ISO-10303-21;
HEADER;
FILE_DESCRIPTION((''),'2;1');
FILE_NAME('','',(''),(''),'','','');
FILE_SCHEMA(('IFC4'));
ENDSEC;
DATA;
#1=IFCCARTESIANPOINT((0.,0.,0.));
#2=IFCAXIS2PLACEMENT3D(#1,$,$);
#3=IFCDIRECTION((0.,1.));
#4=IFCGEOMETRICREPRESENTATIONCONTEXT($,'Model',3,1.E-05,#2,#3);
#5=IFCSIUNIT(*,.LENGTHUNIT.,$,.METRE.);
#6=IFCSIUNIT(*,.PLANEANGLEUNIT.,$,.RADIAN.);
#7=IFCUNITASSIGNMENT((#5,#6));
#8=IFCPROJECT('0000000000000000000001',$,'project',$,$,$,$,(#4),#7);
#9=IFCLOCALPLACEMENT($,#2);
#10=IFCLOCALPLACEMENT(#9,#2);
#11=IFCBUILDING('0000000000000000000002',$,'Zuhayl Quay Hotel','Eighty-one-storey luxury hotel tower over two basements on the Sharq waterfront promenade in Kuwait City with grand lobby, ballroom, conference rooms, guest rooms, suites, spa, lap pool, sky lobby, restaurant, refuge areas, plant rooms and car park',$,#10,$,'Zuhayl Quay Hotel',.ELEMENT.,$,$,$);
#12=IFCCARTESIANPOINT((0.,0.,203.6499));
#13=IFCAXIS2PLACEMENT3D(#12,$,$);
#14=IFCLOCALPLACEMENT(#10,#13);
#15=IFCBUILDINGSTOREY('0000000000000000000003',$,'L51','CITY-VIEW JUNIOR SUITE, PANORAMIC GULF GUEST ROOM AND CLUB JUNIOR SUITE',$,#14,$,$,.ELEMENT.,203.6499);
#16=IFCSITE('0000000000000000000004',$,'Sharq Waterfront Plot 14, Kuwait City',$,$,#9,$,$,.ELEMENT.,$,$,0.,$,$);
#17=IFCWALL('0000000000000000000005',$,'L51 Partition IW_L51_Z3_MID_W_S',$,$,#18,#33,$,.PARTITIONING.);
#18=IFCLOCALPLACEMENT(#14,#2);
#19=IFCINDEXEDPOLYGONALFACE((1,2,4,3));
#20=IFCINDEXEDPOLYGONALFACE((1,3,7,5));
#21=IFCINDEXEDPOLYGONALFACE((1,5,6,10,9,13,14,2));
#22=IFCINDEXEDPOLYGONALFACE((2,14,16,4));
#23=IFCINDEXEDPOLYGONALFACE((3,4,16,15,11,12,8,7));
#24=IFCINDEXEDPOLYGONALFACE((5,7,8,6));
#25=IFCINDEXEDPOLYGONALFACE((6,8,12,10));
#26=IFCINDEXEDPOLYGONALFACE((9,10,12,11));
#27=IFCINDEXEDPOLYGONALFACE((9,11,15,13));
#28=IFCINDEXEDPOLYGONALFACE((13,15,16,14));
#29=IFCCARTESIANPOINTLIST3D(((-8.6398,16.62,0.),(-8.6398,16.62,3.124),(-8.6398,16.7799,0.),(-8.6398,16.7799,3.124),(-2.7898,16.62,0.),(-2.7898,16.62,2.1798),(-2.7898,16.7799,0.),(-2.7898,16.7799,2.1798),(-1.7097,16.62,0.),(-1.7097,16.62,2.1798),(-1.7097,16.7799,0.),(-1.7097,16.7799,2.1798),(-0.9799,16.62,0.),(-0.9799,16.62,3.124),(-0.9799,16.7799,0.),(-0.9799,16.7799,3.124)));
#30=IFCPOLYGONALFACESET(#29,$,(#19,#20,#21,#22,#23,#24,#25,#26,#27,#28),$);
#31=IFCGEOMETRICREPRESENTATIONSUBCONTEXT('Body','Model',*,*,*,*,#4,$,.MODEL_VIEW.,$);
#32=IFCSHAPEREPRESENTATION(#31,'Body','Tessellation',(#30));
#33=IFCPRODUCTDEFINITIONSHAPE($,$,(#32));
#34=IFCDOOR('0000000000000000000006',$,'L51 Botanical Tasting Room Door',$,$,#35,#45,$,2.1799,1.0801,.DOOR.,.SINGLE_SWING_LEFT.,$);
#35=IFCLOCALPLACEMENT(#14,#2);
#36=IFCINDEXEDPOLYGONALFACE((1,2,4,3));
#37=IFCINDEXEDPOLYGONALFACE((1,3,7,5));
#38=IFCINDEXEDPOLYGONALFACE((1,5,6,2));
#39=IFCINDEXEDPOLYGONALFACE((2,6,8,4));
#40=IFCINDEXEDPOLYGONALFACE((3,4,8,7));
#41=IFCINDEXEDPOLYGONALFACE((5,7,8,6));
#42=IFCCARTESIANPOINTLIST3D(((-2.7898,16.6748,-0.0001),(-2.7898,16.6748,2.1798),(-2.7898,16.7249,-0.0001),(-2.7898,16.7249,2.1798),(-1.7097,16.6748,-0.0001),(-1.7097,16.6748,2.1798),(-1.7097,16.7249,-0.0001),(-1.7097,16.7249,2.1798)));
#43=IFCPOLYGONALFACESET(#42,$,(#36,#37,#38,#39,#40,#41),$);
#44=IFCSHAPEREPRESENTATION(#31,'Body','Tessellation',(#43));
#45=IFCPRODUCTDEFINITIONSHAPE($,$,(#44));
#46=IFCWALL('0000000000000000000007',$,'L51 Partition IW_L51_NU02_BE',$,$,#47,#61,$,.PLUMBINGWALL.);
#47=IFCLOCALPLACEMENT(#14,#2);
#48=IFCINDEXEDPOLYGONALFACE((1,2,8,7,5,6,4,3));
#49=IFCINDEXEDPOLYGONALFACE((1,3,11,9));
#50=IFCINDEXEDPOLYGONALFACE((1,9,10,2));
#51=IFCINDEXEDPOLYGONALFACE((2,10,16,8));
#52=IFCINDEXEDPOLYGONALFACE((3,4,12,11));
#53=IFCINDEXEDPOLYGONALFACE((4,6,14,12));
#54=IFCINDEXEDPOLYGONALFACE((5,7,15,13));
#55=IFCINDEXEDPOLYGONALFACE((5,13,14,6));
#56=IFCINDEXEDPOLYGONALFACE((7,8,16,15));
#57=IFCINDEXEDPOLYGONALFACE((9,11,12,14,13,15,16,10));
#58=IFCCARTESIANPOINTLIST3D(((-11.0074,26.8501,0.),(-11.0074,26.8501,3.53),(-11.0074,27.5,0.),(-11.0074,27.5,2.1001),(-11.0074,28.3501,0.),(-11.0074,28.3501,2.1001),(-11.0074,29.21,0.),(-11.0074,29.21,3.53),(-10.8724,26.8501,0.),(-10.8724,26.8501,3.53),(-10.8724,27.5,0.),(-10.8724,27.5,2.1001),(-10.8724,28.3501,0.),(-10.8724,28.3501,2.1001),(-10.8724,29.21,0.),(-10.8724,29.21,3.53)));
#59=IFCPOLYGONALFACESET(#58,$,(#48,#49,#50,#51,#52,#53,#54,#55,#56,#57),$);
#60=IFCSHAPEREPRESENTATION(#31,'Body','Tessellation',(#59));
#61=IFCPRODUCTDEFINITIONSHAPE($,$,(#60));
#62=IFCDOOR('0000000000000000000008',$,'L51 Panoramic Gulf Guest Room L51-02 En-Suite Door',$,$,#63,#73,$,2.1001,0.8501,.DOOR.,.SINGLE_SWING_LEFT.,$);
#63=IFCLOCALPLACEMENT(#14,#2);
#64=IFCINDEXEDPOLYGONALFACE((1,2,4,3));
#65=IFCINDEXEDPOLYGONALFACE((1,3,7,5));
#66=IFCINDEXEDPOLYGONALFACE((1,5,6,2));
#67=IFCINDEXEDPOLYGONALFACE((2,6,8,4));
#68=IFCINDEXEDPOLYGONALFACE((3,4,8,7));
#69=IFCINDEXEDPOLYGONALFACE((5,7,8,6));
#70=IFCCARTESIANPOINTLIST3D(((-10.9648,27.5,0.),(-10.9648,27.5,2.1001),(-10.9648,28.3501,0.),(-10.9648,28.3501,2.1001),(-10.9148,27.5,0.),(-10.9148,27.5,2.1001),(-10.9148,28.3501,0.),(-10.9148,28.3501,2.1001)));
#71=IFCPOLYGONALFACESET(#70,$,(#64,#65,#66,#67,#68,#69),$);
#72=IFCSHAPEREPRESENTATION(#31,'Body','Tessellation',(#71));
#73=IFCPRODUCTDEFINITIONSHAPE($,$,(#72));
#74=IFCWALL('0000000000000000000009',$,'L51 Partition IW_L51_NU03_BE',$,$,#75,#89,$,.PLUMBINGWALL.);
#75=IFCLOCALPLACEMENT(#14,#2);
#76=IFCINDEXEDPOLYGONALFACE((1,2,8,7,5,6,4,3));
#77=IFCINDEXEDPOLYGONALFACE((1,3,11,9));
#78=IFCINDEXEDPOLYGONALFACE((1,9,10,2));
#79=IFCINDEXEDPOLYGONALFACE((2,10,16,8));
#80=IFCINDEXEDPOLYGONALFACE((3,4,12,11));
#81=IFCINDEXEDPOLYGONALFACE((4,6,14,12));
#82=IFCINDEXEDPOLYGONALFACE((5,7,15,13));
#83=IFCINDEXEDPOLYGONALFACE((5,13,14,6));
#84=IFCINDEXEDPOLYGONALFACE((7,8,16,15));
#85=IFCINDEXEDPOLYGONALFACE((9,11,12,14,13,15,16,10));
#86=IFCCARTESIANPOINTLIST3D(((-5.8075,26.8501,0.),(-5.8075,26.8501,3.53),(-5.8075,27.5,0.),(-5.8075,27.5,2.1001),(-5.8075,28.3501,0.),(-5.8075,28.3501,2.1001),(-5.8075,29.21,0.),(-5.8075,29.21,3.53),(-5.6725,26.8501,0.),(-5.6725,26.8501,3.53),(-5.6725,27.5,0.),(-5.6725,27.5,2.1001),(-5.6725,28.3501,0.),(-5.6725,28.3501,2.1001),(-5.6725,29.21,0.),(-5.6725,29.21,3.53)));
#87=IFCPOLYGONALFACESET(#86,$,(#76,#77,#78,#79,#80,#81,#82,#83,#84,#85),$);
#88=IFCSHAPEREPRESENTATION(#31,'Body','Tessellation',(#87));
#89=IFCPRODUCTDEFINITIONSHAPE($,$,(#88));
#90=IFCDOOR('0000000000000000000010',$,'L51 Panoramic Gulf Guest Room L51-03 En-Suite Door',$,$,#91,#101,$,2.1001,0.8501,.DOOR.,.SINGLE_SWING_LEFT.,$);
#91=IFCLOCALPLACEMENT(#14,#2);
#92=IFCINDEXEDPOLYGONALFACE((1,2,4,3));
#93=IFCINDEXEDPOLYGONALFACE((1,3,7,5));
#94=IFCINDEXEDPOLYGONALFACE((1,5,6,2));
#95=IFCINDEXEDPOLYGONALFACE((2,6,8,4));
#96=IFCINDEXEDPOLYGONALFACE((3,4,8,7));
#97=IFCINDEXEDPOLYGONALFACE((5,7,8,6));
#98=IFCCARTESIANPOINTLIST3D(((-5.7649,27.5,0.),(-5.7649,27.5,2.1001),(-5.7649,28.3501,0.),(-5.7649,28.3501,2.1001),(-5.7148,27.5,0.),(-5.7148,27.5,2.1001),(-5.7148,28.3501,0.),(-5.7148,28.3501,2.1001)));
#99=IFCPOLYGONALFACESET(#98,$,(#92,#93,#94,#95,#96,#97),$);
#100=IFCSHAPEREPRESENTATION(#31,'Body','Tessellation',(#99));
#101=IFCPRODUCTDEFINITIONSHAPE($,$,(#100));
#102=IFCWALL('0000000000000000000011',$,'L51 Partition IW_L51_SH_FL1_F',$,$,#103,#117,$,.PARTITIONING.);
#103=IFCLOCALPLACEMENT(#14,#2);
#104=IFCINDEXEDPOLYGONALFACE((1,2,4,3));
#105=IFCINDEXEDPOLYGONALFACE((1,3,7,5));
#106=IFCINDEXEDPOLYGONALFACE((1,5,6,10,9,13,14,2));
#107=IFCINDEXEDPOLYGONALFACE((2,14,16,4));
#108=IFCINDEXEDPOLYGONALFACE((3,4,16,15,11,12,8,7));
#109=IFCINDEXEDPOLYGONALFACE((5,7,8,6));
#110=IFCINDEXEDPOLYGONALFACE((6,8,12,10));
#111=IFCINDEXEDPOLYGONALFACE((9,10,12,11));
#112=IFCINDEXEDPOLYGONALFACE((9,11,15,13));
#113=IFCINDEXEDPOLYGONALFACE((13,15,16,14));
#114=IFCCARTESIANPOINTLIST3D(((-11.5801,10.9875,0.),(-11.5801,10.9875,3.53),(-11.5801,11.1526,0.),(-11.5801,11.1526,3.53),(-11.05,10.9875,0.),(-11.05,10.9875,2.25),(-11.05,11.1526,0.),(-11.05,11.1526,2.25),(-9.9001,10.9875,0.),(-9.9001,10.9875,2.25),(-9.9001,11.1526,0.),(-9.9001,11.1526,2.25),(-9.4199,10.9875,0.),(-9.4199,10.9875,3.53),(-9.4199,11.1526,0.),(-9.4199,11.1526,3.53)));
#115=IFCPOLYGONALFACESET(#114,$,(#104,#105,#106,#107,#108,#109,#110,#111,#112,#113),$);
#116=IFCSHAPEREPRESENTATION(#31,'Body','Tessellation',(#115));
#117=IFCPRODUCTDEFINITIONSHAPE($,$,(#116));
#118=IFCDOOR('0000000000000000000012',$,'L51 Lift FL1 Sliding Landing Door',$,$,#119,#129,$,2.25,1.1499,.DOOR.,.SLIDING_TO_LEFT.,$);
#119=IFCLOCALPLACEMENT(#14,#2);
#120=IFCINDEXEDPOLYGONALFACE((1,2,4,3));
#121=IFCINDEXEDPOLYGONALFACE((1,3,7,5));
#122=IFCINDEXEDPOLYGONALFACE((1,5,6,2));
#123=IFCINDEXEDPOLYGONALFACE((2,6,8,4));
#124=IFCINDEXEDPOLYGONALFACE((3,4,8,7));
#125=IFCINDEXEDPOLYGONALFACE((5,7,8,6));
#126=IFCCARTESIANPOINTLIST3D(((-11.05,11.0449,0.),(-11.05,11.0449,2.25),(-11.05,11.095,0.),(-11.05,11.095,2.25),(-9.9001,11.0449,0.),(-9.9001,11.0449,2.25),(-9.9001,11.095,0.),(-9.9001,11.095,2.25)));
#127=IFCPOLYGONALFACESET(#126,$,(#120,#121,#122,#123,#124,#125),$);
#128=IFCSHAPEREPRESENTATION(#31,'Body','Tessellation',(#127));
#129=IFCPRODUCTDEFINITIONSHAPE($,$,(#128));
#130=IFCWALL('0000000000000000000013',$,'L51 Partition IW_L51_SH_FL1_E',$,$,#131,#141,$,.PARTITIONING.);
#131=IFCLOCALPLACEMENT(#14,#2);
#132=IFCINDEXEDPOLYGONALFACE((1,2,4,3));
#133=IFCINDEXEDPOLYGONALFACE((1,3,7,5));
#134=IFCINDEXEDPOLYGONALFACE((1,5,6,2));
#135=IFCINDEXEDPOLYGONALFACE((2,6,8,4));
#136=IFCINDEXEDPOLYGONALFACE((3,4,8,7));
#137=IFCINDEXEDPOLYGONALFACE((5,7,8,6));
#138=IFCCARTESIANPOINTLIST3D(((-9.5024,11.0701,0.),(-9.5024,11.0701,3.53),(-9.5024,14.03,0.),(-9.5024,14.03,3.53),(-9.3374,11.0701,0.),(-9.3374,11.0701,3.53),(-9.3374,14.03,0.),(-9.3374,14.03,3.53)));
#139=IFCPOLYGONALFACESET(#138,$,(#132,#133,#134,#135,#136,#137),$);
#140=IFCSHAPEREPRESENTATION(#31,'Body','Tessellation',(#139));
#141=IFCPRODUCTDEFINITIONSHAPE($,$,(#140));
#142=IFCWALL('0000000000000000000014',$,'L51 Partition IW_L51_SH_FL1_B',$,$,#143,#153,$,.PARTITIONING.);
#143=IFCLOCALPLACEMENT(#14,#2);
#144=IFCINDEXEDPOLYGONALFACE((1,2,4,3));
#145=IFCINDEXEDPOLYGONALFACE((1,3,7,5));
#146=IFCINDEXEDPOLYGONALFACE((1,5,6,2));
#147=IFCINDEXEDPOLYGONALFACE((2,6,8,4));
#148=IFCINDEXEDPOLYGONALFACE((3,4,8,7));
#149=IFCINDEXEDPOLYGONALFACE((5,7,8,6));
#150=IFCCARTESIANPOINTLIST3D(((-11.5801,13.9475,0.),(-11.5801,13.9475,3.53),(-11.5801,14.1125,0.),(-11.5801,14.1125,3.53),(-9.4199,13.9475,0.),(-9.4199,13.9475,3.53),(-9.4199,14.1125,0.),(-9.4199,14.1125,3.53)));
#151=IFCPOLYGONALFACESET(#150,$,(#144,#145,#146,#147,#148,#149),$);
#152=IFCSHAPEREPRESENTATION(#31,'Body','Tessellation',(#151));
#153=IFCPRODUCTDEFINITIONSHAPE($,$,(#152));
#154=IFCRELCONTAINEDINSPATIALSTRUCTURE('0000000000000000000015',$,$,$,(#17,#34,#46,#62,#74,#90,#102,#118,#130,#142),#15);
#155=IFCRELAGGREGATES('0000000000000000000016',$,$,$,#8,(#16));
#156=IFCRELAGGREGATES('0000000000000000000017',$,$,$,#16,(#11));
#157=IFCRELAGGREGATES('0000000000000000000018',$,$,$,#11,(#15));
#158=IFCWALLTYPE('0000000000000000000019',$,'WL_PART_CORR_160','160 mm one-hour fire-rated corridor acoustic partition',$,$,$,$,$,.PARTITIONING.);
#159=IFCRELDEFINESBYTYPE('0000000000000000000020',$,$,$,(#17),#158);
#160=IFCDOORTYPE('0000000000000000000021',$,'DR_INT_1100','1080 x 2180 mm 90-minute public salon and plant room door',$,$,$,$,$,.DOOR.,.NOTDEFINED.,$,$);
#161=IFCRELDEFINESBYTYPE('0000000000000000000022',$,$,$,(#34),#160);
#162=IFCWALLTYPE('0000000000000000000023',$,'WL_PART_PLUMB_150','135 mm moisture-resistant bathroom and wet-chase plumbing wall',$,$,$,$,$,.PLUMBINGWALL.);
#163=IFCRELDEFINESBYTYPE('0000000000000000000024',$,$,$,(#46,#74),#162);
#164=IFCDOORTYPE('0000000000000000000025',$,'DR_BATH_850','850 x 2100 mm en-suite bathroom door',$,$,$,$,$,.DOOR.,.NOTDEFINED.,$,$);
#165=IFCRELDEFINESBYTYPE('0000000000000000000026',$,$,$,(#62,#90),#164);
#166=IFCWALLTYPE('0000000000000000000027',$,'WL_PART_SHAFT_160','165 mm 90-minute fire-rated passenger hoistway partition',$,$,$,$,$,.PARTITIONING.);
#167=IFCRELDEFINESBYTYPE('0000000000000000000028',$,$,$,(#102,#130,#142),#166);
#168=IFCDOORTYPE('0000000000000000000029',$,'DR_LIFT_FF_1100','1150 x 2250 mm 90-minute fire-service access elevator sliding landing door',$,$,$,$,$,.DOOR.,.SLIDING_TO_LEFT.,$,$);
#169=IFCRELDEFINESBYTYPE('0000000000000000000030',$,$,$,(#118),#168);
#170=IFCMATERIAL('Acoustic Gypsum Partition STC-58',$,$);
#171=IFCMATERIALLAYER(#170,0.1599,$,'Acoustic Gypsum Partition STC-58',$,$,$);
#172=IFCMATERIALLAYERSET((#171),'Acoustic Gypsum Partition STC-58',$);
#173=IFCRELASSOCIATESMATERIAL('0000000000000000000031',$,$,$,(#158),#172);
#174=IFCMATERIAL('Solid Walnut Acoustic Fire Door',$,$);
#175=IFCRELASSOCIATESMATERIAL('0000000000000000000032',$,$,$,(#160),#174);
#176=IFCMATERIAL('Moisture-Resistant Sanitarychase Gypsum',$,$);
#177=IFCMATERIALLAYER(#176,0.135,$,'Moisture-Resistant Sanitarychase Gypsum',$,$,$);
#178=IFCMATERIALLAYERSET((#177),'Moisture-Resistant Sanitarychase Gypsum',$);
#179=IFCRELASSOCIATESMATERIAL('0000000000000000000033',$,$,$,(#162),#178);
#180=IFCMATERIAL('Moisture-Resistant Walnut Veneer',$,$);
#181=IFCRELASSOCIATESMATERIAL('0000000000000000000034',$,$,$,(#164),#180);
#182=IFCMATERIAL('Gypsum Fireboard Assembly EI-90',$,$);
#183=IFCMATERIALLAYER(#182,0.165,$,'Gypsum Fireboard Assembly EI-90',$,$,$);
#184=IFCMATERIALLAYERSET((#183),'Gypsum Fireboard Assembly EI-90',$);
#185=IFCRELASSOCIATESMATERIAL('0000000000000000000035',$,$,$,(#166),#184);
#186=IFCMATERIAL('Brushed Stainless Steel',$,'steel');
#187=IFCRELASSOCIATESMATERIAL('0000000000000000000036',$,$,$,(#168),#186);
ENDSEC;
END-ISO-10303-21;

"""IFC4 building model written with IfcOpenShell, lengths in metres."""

from ifc_helpers import new_model, si_unit, direction, frame, frame_2d, origin, place, context, subcontext, project, spatial, rectangle, extrude, material, layer, layer_set, type_object, element, fill, save


model = new_model("IFC4")

# Units and contexts
model_context = context("Model", 3, precision=1e-05, world=origin(), true_north=direction((0.0, 1.0)))
body_context = subcontext(model_context, "Body", "Model", "MODEL_VIEW")
ifc_project = project(units=[si_unit("LENGTHUNIT", "METRE"), si_unit("PLANEANGLEUNIT", "RADIAN")], contexts=[model_context])

# Site, building, storey
site_placement = place(None, origin())
site = spatial("IfcSite", under=ifc_project, at=site_placement, Name="Sharq Waterfront Plot 14, Kuwait City", CompositionType="ELEMENT", RefElevation=0.0)
building_placement = place(site_placement, origin())
building = spatial("IfcBuilding", under=site, at=building_placement, Name="Zuhayl Quay Hotel", Description="Eighty-one-storey luxury hotel tower over two basements on the Sharq waterfront promenade in Kuwait City with grand lobby, ballroom, conference rooms, guest rooms, suites, spa, lap pool, sky lobby, restaurant, refuge areas, plant rooms and car park", LongName="Zuhayl Quay Hotel", CompositionType="ELEMENT")
storey_placement = place(building_placement, frame((0.0, 0.0, 203.6499)))
storey = spatial("IfcBuildingStorey", under=building, at=storey_placement, Name="L51", Description="CITY-VIEW JUNIOR SUITE, PANORAMIC GULF GUEST ROOM AND CLUB JUNIOR SUITE", CompositionType="ELEMENT", Elevation=203.6499)

# Shared definitions
ifc_material_1 = material(Name="Acoustic Gypsum Partition STC-58")

# Walls, openings, doors
ifc_layer_1 = layer(ifc_material_1, 0.1599, Name="Acoustic Gypsum Partition STC-58")
ifc_layer_set_1 = layer_set([ifc_layer_1], Name="Acoustic Gypsum Partition STC-58")
wall_type_1 = type_object("IfcWallType", Name="WL_PART_CORR_160", Description="160 mm one-hour fire-rated corridor acoustic partition", PredefinedType="PARTITIONING", material=ifc_layer_set_1)
ifc_material_2 = material(Name="Solid Walnut Acoustic Fire Door")
wall_1_placement = place(storey_placement, frame((-8.6399, 16.7, 0.0), z_axis=(0.0, 0.0, 1.0), x_axis=(1.0, 0.0, 0.0)))
wall_1 = element("IfcWall", 1, at=wall_1_placement, inside=storey, type_object=wall_type_1, Name="L51 Partition IW_L51_Z3_MID_W_S", PredefinedType="PARTITIONING", context=body_context, shape_type="SweptSolid", body=[
    extrude(rectangle(XDim=7.6599, YDim=0.1599, at=frame_2d((3.8301, 0.0))), origin(), (0.0, 0.0, 1.0), 3.124),
])
opening_1_placement = place(wall_1_placement, frame((5.8501, 0.0, 0.0)))
opening_1 = element("IfcOpeningElement", 2, at=opening_1_placement, cuts=wall_1, PredefinedType="OPENING", context=body_context, shape_type="SweptSolid", body=[
    extrude(rectangle(XDim=1.0801, YDim=2.1799, at=frame_2d((0.54, 1.0898))), frame((0.0, 0.0898, 0.0), z_axis=(0.0, -1.0, 0.0), x_axis=(1.0, 0.0, 0.0)), (0.0, 0.0, 1.0), 0.1799),
])
door_type_1 = type_object("IfcDoorType", Name="DR_INT_1100", Description="1080 x 2180 mm 90-minute public salon and plant room door", OperationType="NOTDEFINED", PredefinedType="DOOR", material=ifc_material_2)
door_1_placement = place(opening_1_placement, origin())
door_1 = element("IfcDoor", 3, at=door_1_placement, inside=storey, type_object=door_type_1, Name="L51 Botanical Tasting Room Door", OperationType="SINGLE_SWING_LEFT", OverallHeight=2.1799, OverallWidth=1.0801, PredefinedType="DOOR", context=body_context, shape_type="SweptSolid", body=[
    extrude(rectangle(XDim=1.0801, YDim=2.1799, at=frame_2d((0.54, 1.0898))), frame((0.0, 0.0249, 0.0), z_axis=(0.0, -1.0, 0.0), x_axis=(1.0, 0.0, 0.0)), (0.0, 0.0, 1.0), 0.05),
])
fill(opening_1, door_1)
ifc_material_3 = material(Name="Moisture-Resistant Sanitarychase Gypsum")
ifc_layer_2 = layer(ifc_material_3, 0.135, Name="Moisture-Resistant Sanitarychase Gypsum")
ifc_layer_set_2 = layer_set([ifc_layer_2], Name="Moisture-Resistant Sanitarychase Gypsum")
wall_type_2 = type_object("IfcWallType", Name="WL_PART_PLUMB_150", Description="135 mm moisture-resistant bathroom and wet-chase plumbing wall", PredefinedType="PLUMBINGWALL", material=ifc_layer_set_2)
wall_2_placement = place(storey_placement, frame((-10.9399, 26.8501, 0.0), z_axis=(0.0, 0.0, 1.0), x_axis=(0.0, 1.0, 0.0)))
wall_2 = element("IfcWall", 4, at=wall_2_placement, inside=storey, type_object=wall_type_2, Name="L51 Partition IW_L51_NU02_BE", PredefinedType="PLUMBINGWALL", context=body_context, shape_type="SweptSolid", body=[
    extrude(rectangle(XDim=2.3599, YDim=0.135, at=frame_2d((1.1799, 0.0))), origin(), (0.0, 0.0, 1.0), 3.53),
])
opening_2_placement = place(wall_2_placement, frame((0.6499, 0.0, 0.0)))
opening_2 = element("IfcOpeningElement", 5, at=opening_2_placement, cuts=wall_2, PredefinedType="OPENING", context=body_context, shape_type="SweptSolid", body=[
    extrude(rectangle(XDim=0.8501, YDim=2.1001, at=frame_2d((0.425, 1.05))), frame((0.0, 0.0774, 0.0), z_axis=(0.0, -1.0, 0.0), x_axis=(1.0, 0.0, 0.0)), (0.0, 0.0, 1.0), 0.155),
])
ifc_material_4 = material(Name="Moisture-Resistant Walnut Veneer")
door_type_2 = type_object("IfcDoorType", Name="DR_BATH_850", Description="850 x 2100 mm en-suite bathroom door", OperationType="NOTDEFINED", PredefinedType="DOOR", material=ifc_material_4)
door_2_placement = place(opening_2_placement, origin())
door_2 = element("IfcDoor", 6, at=door_2_placement, inside=storey, type_object=door_type_2, Name="L51 Panoramic Gulf Guest Room L51-02 En-Suite Door", OperationType="SINGLE_SWING_LEFT", OverallHeight=2.1001, OverallWidth=0.8501, PredefinedType="DOOR", context=body_context, shape_type="SweptSolid", body=[
    extrude(rectangle(XDim=0.8501, YDim=2.1001, at=frame_2d((0.425, 1.05))), frame((0.0, 0.0249, 0.0), z_axis=(0.0, -1.0, 0.0), x_axis=(1.0, 0.0, 0.0)), (0.0, 0.0, 1.0), 0.05),
])
fill(opening_2, door_2)
wall_3_placement = place(storey_placement, frame((-5.74, 26.8501, 0.0), z_axis=(0.0, 0.0, 1.0), x_axis=(0.0, 1.0, 0.0)))
wall_3 = element("IfcWall", 7, at=wall_3_placement, inside=storey, type_object=wall_type_2, Name="L51 Partition IW_L51_NU03_BE", PredefinedType="PLUMBINGWALL", context=body_context, shape_type="SweptSolid", body=[
    extrude(rectangle(XDim=2.3599, YDim=0.135, at=frame_2d((1.1799, 0.0))), origin(), (0.0, 0.0, 1.0), 3.53),
])
opening_3_placement = place(wall_3_placement, frame((0.6499, 0.0, 0.0)))
opening_3 = element("IfcOpeningElement", 8, at=opening_3_placement, cuts=wall_3, PredefinedType="OPENING", context=body_context, shape_type="SweptSolid", body=[
    extrude(rectangle(XDim=0.8501, YDim=2.1001, at=frame_2d((0.425, 1.05))), frame((0.0, 0.0774, 0.0), z_axis=(0.0, -1.0, 0.0), x_axis=(1.0, 0.0, 0.0)), (0.0, 0.0, 1.0), 0.155),
])
door_3_placement = place(opening_3_placement, origin())
door_3 = element("IfcDoor", 9, at=door_3_placement, inside=storey, type_object=door_type_2, Name="L51 Panoramic Gulf Guest Room L51-03 En-Suite Door", OperationType="SINGLE_SWING_LEFT", OverallHeight=2.1001, OverallWidth=0.8501, PredefinedType="DOOR", context=body_context, shape_type="SweptSolid", body=[
    extrude(rectangle(XDim=0.8501, YDim=2.1001, at=frame_2d((0.425, 1.05))), frame((0.0, 0.0249, 0.0), z_axis=(0.0, -1.0, 0.0), x_axis=(1.0, 0.0, 0.0)), (0.0, 0.0, 1.0), 0.05),
])
fill(opening_3, door_3)
ifc_material_5 = material(Name="Gypsum Fireboard Assembly EI-90")
ifc_layer_3 = layer(ifc_material_5, 0.165, Name="Gypsum Fireboard Assembly EI-90")
ifc_layer_set_3 = layer_set([ifc_layer_3], Name="Gypsum Fireboard Assembly EI-90")
wall_type_3 = type_object("IfcWallType", Name="WL_PART_SHAFT_160", Description="165 mm 90-minute fire-rated passenger hoistway partition", PredefinedType="PARTITIONING", material=ifc_layer_set_3)
wall_4_placement = place(storey_placement, frame((-11.5801, 11.0701, 0.0), z_axis=(0.0, 0.0, 1.0), x_axis=(1.0, 0.0, 0.0)))
wall_4 = element("IfcWall", 10, at=wall_4_placement, inside=storey, type_object=wall_type_3, Name="L51 Partition IW_L51_SH_FL1_F", PredefinedType="PARTITIONING", context=body_context, shape_type="SweptSolid", body=[
    extrude(rectangle(XDim=2.1602, YDim=0.165, at=frame_2d((1.0801, 0.0))), origin(), (0.0, 0.0, 1.0), 3.53),
])
opening_4_placement = place(wall_4_placement, frame((0.53, 0.0, 0.0)))
opening_4 = element("IfcOpeningElement", 11, at=opening_4_placement, cuts=wall_4, PredefinedType="OPENING", context=body_context, shape_type="SweptSolid", body=[
    extrude(rectangle(XDim=1.1499, YDim=2.25, at=frame_2d((0.575, 1.125))), frame((0.0, 0.0925, 0.0), z_axis=(0.0, -1.0, 0.0), x_axis=(1.0, 0.0, 0.0)), (0.0, 0.0, 1.0), 0.1851),
])
ifc_material_6 = material(Name="Brushed Stainless Steel", Category="steel")
door_type_3 = type_object("IfcDoorType", Name="DR_LIFT_FF_1100", Description="1150 x 2250 mm 90-minute fire-service access elevator sliding landing door", OperationType="SLIDING_TO_LEFT", PredefinedType="DOOR", material=ifc_material_6)
door_4_placement = place(opening_4_placement, origin())
door_4 = element("IfcDoor", 12, at=door_4_placement, inside=storey, type_object=door_type_3, Name="L51 Lift FL1 Sliding Landing Door", OperationType="SLIDING_TO_LEFT", OverallHeight=2.25, OverallWidth=1.1499, PredefinedType="DOOR", context=body_context, shape_type="SweptSolid", body=[
    extrude(rectangle(XDim=1.1499, YDim=2.25, at=frame_2d((0.575, 1.125))), frame((0.0, 0.0249, 0.0), z_axis=(0.0, -1.0, 0.0), x_axis=(1.0, 0.0, 0.0)), (0.0, 0.0, 1.0), 0.05),
])
fill(opening_4, door_4)

# Walls
wall_5_placement = place(storey_placement, frame((-9.4199, 11.0701, 0.0), z_axis=(0.0, 0.0, 1.0), x_axis=(0.0, 1.0, 0.0)))
element("IfcWall", 13, at=wall_5_placement, inside=storey, type_object=wall_type_3, Name="L51 Partition IW_L51_SH_FL1_E", PredefinedType="PARTITIONING", context=body_context, shape_type="SweptSolid", body=[
    extrude(rectangle(XDim=2.96, YDim=0.165, at=frame_2d((1.48, 0.0))), origin(), (0.0, 0.0, 1.0), 3.53),
])
wall_6_placement = place(storey_placement, frame((-11.5801, 14.03, 0.0), z_axis=(0.0, 0.0, 1.0), x_axis=(1.0, 0.0, 0.0)))
element("IfcWall", 14, at=wall_6_placement, inside=storey, type_object=wall_type_3, Name="L51 Partition IW_L51_SH_FL1_B", PredefinedType="PARTITIONING", context=body_context, shape_type="SweptSolid", body=[
    extrude(rectangle(XDim=2.1602, YDim=0.165, at=frame_2d((1.0801, 0.0))), origin(), (0.0, 0.0, 1.0), 3.53),
])

save(model, "model.ifc")
